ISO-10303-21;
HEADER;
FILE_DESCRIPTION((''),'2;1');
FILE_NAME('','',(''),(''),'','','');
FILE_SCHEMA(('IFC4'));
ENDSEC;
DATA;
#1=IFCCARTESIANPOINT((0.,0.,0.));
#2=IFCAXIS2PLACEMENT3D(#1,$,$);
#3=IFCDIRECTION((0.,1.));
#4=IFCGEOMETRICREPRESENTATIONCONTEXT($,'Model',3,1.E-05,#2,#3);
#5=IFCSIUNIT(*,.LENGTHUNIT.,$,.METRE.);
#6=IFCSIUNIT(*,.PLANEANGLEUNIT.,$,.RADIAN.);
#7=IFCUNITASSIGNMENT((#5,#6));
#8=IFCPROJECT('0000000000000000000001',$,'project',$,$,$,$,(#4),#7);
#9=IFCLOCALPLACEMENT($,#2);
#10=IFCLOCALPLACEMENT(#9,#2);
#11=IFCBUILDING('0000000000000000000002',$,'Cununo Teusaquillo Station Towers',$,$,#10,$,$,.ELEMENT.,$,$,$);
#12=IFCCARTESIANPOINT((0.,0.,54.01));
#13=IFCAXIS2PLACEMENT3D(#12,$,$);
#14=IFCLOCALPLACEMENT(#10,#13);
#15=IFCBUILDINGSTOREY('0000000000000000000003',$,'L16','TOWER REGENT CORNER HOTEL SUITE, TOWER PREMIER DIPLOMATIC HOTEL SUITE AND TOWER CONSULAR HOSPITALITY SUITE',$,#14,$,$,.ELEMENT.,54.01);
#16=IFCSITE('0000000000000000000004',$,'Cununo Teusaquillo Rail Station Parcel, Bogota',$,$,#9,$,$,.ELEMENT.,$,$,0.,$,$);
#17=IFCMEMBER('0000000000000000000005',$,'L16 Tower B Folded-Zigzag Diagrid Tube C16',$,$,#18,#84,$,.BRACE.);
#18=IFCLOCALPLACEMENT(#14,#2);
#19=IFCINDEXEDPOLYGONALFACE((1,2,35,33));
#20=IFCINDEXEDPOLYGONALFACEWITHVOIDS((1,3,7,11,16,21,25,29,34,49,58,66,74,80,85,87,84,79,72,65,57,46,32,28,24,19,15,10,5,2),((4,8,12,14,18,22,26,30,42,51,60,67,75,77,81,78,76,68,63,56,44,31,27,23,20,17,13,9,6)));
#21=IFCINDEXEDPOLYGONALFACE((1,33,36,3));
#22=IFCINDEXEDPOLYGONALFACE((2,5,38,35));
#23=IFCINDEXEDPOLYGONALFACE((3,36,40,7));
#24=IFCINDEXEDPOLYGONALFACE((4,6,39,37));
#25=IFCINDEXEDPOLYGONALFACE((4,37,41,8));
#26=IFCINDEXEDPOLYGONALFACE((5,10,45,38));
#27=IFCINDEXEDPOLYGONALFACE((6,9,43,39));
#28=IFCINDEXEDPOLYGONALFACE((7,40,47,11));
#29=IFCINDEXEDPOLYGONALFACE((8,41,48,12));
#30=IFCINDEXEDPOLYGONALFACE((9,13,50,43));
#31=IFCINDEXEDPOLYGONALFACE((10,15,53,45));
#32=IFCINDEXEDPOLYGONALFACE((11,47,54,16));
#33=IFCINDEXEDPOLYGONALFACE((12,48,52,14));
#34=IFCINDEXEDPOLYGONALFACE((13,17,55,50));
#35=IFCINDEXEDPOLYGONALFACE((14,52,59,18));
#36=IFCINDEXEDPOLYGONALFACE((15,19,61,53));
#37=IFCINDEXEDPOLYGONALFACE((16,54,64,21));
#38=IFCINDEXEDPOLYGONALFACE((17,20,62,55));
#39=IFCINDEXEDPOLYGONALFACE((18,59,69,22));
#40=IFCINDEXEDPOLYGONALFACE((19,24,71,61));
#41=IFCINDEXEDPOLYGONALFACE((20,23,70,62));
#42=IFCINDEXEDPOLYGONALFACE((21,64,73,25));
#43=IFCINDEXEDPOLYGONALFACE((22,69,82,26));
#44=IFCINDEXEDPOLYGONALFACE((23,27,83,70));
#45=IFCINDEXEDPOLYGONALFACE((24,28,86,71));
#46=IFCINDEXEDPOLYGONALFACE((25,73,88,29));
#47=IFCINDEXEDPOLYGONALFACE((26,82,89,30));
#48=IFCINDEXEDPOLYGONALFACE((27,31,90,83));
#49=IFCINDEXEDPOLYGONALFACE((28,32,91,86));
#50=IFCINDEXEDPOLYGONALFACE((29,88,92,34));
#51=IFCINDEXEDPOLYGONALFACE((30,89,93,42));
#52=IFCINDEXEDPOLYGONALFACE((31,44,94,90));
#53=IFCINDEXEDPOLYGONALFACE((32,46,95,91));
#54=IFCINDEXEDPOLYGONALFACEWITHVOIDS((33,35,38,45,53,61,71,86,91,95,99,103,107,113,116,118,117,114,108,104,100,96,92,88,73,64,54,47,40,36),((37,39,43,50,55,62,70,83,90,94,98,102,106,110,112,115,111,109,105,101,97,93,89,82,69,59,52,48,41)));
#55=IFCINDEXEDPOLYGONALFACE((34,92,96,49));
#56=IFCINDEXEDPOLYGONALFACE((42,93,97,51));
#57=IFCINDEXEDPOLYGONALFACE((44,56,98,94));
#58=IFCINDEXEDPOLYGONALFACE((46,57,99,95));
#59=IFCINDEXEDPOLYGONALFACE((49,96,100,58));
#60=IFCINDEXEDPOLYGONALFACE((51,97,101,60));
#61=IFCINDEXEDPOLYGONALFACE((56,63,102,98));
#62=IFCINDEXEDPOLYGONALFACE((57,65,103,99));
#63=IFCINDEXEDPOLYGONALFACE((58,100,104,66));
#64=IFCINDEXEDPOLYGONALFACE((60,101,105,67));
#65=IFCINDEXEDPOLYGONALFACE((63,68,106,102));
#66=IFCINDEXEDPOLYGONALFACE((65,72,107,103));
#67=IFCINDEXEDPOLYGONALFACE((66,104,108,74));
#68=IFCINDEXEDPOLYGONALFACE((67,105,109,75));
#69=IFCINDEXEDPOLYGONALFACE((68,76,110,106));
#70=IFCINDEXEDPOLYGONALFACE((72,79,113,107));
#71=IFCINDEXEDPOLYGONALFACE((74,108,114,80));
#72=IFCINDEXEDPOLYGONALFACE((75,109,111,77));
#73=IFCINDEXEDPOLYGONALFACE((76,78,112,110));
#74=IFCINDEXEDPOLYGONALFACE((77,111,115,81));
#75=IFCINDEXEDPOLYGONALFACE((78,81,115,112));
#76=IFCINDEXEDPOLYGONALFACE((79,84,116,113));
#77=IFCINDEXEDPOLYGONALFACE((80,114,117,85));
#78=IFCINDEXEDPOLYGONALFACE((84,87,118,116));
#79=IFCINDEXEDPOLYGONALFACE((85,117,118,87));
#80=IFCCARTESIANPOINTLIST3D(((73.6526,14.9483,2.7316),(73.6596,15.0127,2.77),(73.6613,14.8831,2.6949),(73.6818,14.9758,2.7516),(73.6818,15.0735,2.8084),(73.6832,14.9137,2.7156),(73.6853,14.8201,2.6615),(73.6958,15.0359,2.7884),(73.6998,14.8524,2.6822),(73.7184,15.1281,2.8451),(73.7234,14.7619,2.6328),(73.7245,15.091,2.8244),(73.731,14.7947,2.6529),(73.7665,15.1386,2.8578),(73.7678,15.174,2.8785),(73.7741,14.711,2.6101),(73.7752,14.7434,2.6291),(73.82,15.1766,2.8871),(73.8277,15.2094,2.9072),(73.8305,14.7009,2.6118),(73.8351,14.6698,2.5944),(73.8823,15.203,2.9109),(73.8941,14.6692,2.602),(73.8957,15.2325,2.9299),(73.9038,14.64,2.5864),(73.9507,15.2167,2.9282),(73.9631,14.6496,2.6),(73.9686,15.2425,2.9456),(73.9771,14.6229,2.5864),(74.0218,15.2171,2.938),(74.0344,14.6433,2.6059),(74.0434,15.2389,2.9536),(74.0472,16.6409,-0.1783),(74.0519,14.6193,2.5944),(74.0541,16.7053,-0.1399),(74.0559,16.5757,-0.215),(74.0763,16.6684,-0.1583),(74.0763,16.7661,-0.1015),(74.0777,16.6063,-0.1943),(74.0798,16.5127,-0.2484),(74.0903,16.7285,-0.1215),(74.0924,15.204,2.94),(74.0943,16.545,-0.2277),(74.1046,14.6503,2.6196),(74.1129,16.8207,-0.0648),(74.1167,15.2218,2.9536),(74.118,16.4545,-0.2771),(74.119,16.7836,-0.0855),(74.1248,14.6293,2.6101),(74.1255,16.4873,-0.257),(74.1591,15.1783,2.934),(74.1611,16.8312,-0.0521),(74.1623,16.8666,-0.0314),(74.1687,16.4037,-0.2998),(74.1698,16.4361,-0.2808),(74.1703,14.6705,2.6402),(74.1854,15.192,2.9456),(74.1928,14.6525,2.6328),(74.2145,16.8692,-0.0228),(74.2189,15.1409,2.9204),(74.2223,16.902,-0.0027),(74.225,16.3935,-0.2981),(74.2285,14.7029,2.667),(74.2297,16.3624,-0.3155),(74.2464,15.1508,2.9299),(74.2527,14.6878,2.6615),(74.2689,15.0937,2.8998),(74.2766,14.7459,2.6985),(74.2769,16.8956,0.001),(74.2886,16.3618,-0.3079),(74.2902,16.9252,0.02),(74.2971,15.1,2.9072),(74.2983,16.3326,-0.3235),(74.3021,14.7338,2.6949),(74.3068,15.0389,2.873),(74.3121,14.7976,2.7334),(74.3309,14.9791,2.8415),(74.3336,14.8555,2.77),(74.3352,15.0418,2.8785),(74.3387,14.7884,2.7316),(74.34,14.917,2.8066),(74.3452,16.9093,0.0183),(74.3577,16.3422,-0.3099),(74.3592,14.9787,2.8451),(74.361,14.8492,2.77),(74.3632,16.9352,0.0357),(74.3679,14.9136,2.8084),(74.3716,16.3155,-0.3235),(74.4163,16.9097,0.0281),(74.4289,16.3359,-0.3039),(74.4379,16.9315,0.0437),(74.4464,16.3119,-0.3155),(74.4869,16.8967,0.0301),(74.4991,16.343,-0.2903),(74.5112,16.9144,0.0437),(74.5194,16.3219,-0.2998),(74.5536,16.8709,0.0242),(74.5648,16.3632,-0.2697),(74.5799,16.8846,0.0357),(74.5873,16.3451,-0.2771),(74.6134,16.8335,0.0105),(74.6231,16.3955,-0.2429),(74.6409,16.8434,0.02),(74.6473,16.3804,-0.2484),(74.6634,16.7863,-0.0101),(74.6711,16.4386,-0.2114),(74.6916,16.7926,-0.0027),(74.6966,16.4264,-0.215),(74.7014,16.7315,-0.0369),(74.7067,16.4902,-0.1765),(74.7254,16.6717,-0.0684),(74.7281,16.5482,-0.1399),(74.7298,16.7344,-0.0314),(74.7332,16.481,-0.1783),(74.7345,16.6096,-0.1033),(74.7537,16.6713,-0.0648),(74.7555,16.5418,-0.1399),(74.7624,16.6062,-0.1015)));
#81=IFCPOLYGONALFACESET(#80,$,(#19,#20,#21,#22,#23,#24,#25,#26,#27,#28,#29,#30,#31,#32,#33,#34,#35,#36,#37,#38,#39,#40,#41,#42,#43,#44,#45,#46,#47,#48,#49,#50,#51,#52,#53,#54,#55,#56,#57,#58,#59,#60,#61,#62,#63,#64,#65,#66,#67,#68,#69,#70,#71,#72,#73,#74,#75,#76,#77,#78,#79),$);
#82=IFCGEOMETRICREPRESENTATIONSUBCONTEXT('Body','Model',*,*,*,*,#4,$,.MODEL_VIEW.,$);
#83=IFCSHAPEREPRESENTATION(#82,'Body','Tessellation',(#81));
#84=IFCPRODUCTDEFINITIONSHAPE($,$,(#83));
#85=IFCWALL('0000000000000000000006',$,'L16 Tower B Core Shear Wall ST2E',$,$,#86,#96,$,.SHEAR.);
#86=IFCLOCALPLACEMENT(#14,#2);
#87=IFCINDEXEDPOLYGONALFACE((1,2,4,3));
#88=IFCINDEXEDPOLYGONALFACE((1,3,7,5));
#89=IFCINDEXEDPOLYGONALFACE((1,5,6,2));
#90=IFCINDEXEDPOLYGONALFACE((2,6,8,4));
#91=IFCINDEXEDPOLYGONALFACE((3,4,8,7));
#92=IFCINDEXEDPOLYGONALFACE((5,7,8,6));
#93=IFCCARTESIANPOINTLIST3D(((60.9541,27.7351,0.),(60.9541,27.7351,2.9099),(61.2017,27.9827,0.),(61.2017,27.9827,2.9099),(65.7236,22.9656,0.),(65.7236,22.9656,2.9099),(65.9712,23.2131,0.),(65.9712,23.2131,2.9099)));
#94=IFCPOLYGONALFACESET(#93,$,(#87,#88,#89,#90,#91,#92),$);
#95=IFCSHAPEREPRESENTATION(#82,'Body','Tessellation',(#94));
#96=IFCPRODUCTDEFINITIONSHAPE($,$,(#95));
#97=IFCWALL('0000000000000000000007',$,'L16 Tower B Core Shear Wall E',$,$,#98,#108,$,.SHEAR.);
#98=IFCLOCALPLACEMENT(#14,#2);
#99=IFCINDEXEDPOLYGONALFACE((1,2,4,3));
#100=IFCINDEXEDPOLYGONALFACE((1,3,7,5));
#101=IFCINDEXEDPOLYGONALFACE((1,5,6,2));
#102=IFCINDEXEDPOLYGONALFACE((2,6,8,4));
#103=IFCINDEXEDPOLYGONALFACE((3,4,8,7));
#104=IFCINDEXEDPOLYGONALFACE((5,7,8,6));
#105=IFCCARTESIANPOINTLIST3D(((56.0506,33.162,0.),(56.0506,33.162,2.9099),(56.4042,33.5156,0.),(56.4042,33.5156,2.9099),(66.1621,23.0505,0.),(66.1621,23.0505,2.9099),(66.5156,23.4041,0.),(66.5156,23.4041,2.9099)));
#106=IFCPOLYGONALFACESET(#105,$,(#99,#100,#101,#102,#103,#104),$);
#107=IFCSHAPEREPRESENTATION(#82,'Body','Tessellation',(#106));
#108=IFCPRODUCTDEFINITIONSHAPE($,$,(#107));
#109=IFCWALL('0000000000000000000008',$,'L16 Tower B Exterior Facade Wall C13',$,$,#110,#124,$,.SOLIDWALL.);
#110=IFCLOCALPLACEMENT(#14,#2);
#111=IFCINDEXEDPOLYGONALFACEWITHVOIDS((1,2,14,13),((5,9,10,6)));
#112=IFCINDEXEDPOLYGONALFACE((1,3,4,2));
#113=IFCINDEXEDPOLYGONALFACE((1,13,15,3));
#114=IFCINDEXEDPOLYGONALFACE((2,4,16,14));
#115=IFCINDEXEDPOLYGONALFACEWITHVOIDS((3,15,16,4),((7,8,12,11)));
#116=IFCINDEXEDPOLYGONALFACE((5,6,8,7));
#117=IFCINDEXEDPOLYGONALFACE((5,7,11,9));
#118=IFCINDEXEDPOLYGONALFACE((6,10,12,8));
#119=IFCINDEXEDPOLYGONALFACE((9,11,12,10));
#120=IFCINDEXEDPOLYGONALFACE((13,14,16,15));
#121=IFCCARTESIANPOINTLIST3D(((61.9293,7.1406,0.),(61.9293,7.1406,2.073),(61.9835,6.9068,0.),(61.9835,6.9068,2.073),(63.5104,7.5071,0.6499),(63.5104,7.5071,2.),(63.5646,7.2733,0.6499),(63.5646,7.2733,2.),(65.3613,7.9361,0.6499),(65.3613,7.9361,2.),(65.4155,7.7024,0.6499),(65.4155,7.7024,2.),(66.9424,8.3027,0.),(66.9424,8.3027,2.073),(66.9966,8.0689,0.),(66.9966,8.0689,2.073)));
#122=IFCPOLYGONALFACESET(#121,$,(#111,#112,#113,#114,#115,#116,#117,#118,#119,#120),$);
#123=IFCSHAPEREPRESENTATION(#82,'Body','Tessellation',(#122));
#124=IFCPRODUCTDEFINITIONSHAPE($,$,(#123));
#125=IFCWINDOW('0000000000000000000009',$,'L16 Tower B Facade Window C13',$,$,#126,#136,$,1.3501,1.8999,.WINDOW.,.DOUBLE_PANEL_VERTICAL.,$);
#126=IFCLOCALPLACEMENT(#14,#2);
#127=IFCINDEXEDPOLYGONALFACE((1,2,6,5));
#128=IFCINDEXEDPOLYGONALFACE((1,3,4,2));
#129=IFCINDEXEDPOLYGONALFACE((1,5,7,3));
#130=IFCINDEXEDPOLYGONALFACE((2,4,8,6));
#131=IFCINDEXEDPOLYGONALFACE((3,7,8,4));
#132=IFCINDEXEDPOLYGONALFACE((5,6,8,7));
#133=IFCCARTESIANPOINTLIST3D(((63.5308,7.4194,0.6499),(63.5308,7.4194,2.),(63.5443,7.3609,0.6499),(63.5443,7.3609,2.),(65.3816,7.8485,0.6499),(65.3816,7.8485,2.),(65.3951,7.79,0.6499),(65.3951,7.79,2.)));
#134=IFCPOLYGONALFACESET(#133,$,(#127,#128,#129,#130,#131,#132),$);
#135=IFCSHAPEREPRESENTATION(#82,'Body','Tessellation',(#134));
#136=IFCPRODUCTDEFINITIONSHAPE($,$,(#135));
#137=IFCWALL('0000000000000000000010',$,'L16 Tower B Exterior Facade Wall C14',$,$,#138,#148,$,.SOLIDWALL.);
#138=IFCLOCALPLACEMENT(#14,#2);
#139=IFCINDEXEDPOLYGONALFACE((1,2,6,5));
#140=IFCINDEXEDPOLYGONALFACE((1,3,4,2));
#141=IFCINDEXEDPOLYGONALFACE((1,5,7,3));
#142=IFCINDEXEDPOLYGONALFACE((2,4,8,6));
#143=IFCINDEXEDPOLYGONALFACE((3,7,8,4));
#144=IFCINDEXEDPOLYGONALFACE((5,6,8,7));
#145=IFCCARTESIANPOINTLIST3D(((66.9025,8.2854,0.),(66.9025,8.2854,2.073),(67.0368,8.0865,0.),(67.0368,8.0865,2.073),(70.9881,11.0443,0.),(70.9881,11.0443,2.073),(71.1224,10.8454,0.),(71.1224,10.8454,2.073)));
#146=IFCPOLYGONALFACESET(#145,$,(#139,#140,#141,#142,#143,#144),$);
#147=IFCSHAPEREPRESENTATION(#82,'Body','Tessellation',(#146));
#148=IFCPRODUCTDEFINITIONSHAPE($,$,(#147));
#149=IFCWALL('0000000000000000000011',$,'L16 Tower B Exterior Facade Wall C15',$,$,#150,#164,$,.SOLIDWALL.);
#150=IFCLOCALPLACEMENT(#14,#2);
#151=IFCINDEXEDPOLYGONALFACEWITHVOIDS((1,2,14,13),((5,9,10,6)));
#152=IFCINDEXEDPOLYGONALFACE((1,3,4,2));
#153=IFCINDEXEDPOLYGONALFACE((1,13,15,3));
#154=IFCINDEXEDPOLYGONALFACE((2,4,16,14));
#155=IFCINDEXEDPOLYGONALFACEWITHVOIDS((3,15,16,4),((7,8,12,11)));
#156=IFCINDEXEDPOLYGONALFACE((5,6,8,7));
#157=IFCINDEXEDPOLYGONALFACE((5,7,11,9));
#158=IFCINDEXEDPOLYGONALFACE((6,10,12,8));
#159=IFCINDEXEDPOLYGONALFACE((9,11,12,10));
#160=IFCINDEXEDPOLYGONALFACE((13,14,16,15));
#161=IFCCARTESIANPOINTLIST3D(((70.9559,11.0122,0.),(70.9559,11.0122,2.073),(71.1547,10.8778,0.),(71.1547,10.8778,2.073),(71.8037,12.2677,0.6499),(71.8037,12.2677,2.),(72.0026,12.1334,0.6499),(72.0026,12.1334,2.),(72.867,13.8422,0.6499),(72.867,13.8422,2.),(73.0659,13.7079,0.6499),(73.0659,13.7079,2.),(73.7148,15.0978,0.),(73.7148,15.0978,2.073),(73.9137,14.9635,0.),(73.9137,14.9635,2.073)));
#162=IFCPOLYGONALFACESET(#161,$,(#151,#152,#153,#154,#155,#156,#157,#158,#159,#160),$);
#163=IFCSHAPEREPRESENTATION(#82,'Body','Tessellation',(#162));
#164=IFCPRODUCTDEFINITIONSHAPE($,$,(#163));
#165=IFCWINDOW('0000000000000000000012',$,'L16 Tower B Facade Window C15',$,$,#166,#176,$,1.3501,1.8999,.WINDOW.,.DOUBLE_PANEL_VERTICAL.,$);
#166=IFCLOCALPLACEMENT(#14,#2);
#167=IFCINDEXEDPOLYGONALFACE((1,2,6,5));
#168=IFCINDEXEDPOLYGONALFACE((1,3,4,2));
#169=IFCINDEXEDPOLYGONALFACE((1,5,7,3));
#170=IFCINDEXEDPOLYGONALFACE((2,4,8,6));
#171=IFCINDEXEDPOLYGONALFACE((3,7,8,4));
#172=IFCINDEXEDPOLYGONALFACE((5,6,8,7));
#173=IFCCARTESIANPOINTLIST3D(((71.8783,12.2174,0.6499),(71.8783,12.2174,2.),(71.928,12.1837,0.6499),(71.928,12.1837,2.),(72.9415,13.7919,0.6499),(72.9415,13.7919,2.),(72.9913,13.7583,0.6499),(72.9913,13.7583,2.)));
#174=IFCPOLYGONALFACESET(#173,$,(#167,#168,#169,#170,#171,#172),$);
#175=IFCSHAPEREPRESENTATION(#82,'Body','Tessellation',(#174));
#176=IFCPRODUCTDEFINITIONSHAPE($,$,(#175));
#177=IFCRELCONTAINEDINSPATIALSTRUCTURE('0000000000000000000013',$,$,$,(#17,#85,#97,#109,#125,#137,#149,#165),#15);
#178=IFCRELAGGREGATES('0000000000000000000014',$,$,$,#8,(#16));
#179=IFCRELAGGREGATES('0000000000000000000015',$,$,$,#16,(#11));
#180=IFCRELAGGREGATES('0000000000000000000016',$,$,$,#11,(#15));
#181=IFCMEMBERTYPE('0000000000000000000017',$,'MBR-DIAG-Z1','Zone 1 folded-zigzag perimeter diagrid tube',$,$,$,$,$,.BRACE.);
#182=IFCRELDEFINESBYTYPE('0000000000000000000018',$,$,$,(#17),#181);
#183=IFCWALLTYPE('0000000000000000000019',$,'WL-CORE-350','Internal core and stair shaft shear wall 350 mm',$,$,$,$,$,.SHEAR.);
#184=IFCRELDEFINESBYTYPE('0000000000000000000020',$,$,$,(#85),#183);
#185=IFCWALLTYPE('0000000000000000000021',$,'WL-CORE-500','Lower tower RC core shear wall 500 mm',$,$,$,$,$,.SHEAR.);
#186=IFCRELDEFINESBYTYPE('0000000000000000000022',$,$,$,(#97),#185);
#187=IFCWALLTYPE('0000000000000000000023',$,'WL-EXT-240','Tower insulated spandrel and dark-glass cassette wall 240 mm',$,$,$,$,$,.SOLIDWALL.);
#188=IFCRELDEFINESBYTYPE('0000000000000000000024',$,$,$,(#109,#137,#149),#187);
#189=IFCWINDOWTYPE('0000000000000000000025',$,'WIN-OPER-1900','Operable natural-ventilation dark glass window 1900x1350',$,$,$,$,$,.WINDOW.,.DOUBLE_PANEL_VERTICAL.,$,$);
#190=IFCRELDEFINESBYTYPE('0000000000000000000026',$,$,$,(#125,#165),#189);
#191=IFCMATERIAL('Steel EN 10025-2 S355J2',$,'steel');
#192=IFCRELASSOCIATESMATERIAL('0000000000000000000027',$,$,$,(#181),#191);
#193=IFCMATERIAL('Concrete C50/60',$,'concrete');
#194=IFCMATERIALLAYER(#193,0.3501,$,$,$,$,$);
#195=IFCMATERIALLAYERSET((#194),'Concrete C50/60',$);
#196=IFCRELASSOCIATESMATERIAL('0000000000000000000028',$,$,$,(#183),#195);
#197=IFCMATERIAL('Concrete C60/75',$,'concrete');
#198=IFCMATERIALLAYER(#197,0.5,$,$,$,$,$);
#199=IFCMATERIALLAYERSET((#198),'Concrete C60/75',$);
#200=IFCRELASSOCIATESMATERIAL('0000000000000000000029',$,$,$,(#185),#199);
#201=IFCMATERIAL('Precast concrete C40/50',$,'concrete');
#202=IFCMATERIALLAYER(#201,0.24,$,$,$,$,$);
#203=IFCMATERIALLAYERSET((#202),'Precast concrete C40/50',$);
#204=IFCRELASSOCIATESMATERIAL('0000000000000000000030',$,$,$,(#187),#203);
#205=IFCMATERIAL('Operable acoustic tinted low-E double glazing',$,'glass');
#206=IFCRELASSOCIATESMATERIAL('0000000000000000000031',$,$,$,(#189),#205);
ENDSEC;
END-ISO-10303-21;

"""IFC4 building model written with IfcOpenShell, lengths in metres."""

from ifc_helpers import new_model, si_unit, direction, frame, frame_2d, origin, origin_2d, place, context, subcontext, project, spatial, rectangle, hollow_circle, extrude, source, transform, mapped, material, layer, layer_set, material_profile, profile_set, type_object, element, fill, save


model = new_model("IFC4")

# Units and contexts
model_context = context("Model", 3, precision=1e-05, world=origin(), true_north=direction((0.0, 1.0)))
body_context = subcontext(model_context, "Body", "Model", "MODEL_VIEW")
ifc_project = project(units=[si_unit("LENGTHUNIT", "METRE"), si_unit("PLANEANGLEUNIT", "RADIAN")], contexts=[model_context])

# Site, building, storey
site_placement = place(None, origin())
site = spatial("IfcSite", under=ifc_project, at=site_placement, Name="Cununo Teusaquillo Rail Station Parcel, Bogota", CompositionType="ELEMENT", RefElevation=0.0)
building_placement = place(site_placement, origin())
building = spatial("IfcBuilding", under=site, at=building_placement, Name="Cununo Teusaquillo Station Towers", CompositionType="ELEMENT")
storey_placement = place(building_placement, frame((0.0, 0.0, 54.01)))
storey = spatial("IfcBuildingStorey", under=building, at=storey_placement, Name="L16", Description="TOWER REGENT CORNER HOTEL SUITE, TOWER PREMIER DIPLOMATIC HOTEL SUITE AND TOWER CONSULAR HOSPITALITY SUITE", CompositionType="ELEMENT", Elevation=54.01)

# Member
ifc_material_1 = material(Name="Steel EN 10025-2 S355J2", Category="steel")
ifc_material_profile_1 = material_profile(ifc_material_1, hollow_circle(Radius=0.3601, WallThickness=0.0281, at=origin_2d()), Name="CHS 720x28")
ifc_profile_set_1 = profile_set([ifc_material_profile_1], Name="Steel EN 10025-2 S355J2")
member_type = type_object("IfcMemberType", Name="MBR-DIAG-Z1", Description="Zone 1 folded-zigzag perimeter diagrid tube", PredefinedType="BRACE", material=ifc_profile_set_1)
member_1_placement = place(storey_placement, frame((74.4048, 16.6235, -0.1399), z_axis=(-0.116401, -0.499384, 0.858526), x_axis=(0.973894, -0.227003, 0.0)))
element("IfcMember", 1, at=member_1_placement, inside=storey, type_object=member_type, Name="L16 Tower B Folded-Zigzag Diagrid Tube C16", PredefinedType="BRACE", context=body_context, shape_type="SweptSolid", body=[
    extrude(hollow_circle(Radius=0.3601, WallThickness=0.0281, at=origin_2d()), origin(), (0.0, 0.0, 1.0), 3.3894),
])

# Walls
ifc_material_2 = material(Name="Concrete C50/60", Category="concrete")
ifc_layer_1 = layer(ifc_material_2, 0.3501)
ifc_layer_set_1 = layer_set([ifc_layer_1], Name="Concrete C50/60")
wall_type_1 = type_object("IfcWallType", Name="WL-CORE-350", Description="Internal core and stair shaft shear wall 350 mm", PredefinedType="SHEAR", material=ifc_layer_set_1)
wall_1_placement = place(storey_placement, frame((65.8474, 23.0894, 0.0), z_axis=(0.0, 0.0, 1.0), x_axis=(-0.707107, 0.707107, 0.0)))
element("IfcWall", 2, at=wall_1_placement, inside=storey, type_object=wall_type_1, Name="L16 Tower B Core Shear Wall ST2E", PredefinedType="SHEAR", context=body_context, shape_type="SweptSolid", body=[
    extrude(rectangle(XDim=6.7451, YDim=0.3501, at=frame_2d((3.3726, 0.0))), origin(), (0.0, 0.0, 1.0), 2.9099),
])
ifc_material_3 = material(Name="Concrete C60/75", Category="concrete")
ifc_layer_2 = layer(ifc_material_3, 0.5)
ifc_layer_set_2 = layer_set([ifc_layer_2], Name="Concrete C60/75")
wall_type_2 = type_object("IfcWallType", Name="WL-CORE-500", Description="Lower tower RC core shear wall 500 mm", PredefinedType="SHEAR", material=ifc_layer_set_2)
wall_2_placement = place(storey_placement, frame((66.3389, 23.2273, 0.0), z_axis=(0.0, 0.0, 1.0), x_axis=(-0.707107, 0.707107, 0.0)))
element("IfcWall", 3, at=wall_2_placement, inside=storey, type_object=wall_type_2, Name="L16 Tower B Core Shear Wall E", PredefinedType="SHEAR", context=body_context, shape_type="SweptSolid", body=[
    extrude(rectangle(XDim=14.2998, YDim=0.5, at=frame_2d((7.1499, 0.0))), origin(), (0.0, 0.0, 1.0), 2.9099),
])

# Wall, opening, window
ifc_material_4 = material(Name="Precast concrete C40/50", Category="concrete")
ifc_layer_3 = layer(ifc_material_4, 0.24)
ifc_layer_set_3 = layer_set([ifc_layer_3], Name="Precast concrete C40/50")
wall_type_3 = type_object("IfcWallType", Name="WL-EXT-240", Description="Tower insulated spandrel and dark-glass cassette wall 240 mm", PredefinedType="SOLIDWALL", material=ifc_layer_set_3)
wall_3_placement = place(storey_placement, frame((66.9695, 8.1858, 0.0), z_axis=(0.0, 0.0, 1.0), x_axis=(-0.974166, -0.225833, 0.0)))
wall_3 = element("IfcWall", 4, at=wall_3_placement, inside=storey, type_object=wall_type_3, Name="L16 Tower B Exterior Facade Wall C13", PredefinedType="SOLIDWALL", context=body_context, shape_type="SweptSolid", body=[
    extrude(rectangle(XDim=5.146, YDim=0.24, at=frame_2d((2.573, 0.0))), origin(), (0.0, 0.0, 1.0), 2.073),
])
shared_shape_1 = source(origin(), body_context, "Body", "SweptSolid", [
    extrude(rectangle(XDim=1.8999, YDim=1.3501, at=frame_2d((0.95, 0.675))), frame((0.0, 0.1299, 0.0), z_axis=(0.0, -1.0, 0.0), x_axis=(1.0, 0.0, 0.0)), (0.0, 0.0, 1.0), 0.26),
])
opening_1_placement = place(wall_3_placement, frame((1.623, 0.0, 0.6499)))
opening_1 = element("IfcOpeningElement", 5, at=opening_1_placement, cuts=wall_3, PredefinedType="OPENING", context=body_context, shape_type="MappedRepresentation", body=[
    mapped(shared_shape_1, transform((0.0, 0.0, 0.0), x_axis=(1.0, 0.0, 0.0), y_axis=(0.0, 1.0, 0.0), z_axis=(0.0, 0.0, 1.0), scale=1.0)),
])
ifc_material_5 = material(Name="Operable acoustic tinted low-E double glazing", Category="glass")
window_type = type_object("IfcWindowType", Name="WIN-OPER-1900", Description="Operable natural-ventilation dark glass window 1900x1350", PartitioningType="DOUBLE_PANEL_VERTICAL", PredefinedType="WINDOW", material=ifc_material_5)
shared_shape_2 = source(origin(), body_context, "Body", "SweptSolid", [
    extrude(rectangle(XDim=1.8999, YDim=1.3501, at=frame_2d((0.95, 0.675))), frame((0.0, 0.03, 0.0), z_axis=(0.0, -1.0, 0.0), x_axis=(1.0, 0.0, 0.0)), (0.0, 0.0, 1.0), 0.0601),
])
window_1_placement = place(opening_1_placement, origin())
window_1 = element("IfcWindow", 6, at=window_1_placement, inside=storey, type_object=window_type, Name="L16 Tower B Facade Window C13", OverallHeight=1.3501, OverallWidth=1.8999, PartitioningType="DOUBLE_PANEL_VERTICAL", PredefinedType="WINDOW", context=body_context, shape_type="MappedRepresentation", body=[
    mapped(shared_shape_2, transform((0.0, 0.0, 0.0), x_axis=(1.0, 0.0, 0.0), y_axis=(0.0, 1.0, 0.0), z_axis=(0.0, 0.0, 1.0), scale=1.0)),
])
fill(opening_1, window_1)

# Wall
wall_4_placement = place(storey_placement, frame((71.0552, 10.9448, 0.0), z_axis=(0.0, 0.0, 1.0), x_axis=(-0.828737, -0.559639, 0.0)))
element("IfcWall", 7, at=wall_4_placement, inside=storey, type_object=wall_type_3, Name="L16 Tower B Exterior Facade Wall C14", PredefinedType="SOLIDWALL", context=body_context, shape_type="SweptSolid", body=[
    extrude(rectangle(XDim=4.9299, YDim=0.24, at=frame_2d((2.4648, 0.0))), origin(), (0.0, 0.0, 1.0), 2.073),
])

# Wall, opening, window
wall_5_placement = place(storey_placement, frame((73.8142, 15.0305, 0.0), z_axis=(0.0, 0.0, 1.0), x_axis=(-0.559639, -0.828737, 0.0)))
wall_5 = element("IfcWall", 8, at=wall_5_placement, inside=storey, type_object=wall_type_3, Name="L16 Tower B Exterior Facade Wall C15", PredefinedType="SOLIDWALL", context=body_context, shape_type="SweptSolid", body=[
    extrude(rectangle(XDim=4.9299, YDim=0.24, at=frame_2d((2.4648, 0.0))), origin(), (0.0, 0.0, 1.0), 2.073),
])
opening_2_placement = place(wall_5_placement, frame((1.5149, 0.0, 0.6499)))
opening_2 = element("IfcOpeningElement", 9, at=opening_2_placement, cuts=wall_5, PredefinedType="OPENING", context=body_context, shape_type="MappedRepresentation", body=[
    mapped(shared_shape_1, transform((0.0, 0.0, 0.0), x_axis=(1.0, 0.0, 0.0), y_axis=(0.0, 1.0, 0.0), z_axis=(0.0, 0.0, 1.0), scale=1.0)),
])
window_2_placement = place(opening_2_placement, origin())
window_2 = element("IfcWindow", 10, at=window_2_placement, inside=storey, type_object=window_type, Name="L16 Tower B Facade Window C15", OverallHeight=1.3501, OverallWidth=1.8999, PartitioningType="DOUBLE_PANEL_VERTICAL", PredefinedType="WINDOW", context=body_context, shape_type="MappedRepresentation", body=[
    mapped(shared_shape_2, transform((0.0, 0.0, 0.0), x_axis=(1.0, 0.0, 0.0), y_axis=(0.0, 1.0, 0.0), z_axis=(0.0, 0.0, 1.0), scale=1.0)),
])
fill(opening_2, window_2)

save(model, "model.ifc")
